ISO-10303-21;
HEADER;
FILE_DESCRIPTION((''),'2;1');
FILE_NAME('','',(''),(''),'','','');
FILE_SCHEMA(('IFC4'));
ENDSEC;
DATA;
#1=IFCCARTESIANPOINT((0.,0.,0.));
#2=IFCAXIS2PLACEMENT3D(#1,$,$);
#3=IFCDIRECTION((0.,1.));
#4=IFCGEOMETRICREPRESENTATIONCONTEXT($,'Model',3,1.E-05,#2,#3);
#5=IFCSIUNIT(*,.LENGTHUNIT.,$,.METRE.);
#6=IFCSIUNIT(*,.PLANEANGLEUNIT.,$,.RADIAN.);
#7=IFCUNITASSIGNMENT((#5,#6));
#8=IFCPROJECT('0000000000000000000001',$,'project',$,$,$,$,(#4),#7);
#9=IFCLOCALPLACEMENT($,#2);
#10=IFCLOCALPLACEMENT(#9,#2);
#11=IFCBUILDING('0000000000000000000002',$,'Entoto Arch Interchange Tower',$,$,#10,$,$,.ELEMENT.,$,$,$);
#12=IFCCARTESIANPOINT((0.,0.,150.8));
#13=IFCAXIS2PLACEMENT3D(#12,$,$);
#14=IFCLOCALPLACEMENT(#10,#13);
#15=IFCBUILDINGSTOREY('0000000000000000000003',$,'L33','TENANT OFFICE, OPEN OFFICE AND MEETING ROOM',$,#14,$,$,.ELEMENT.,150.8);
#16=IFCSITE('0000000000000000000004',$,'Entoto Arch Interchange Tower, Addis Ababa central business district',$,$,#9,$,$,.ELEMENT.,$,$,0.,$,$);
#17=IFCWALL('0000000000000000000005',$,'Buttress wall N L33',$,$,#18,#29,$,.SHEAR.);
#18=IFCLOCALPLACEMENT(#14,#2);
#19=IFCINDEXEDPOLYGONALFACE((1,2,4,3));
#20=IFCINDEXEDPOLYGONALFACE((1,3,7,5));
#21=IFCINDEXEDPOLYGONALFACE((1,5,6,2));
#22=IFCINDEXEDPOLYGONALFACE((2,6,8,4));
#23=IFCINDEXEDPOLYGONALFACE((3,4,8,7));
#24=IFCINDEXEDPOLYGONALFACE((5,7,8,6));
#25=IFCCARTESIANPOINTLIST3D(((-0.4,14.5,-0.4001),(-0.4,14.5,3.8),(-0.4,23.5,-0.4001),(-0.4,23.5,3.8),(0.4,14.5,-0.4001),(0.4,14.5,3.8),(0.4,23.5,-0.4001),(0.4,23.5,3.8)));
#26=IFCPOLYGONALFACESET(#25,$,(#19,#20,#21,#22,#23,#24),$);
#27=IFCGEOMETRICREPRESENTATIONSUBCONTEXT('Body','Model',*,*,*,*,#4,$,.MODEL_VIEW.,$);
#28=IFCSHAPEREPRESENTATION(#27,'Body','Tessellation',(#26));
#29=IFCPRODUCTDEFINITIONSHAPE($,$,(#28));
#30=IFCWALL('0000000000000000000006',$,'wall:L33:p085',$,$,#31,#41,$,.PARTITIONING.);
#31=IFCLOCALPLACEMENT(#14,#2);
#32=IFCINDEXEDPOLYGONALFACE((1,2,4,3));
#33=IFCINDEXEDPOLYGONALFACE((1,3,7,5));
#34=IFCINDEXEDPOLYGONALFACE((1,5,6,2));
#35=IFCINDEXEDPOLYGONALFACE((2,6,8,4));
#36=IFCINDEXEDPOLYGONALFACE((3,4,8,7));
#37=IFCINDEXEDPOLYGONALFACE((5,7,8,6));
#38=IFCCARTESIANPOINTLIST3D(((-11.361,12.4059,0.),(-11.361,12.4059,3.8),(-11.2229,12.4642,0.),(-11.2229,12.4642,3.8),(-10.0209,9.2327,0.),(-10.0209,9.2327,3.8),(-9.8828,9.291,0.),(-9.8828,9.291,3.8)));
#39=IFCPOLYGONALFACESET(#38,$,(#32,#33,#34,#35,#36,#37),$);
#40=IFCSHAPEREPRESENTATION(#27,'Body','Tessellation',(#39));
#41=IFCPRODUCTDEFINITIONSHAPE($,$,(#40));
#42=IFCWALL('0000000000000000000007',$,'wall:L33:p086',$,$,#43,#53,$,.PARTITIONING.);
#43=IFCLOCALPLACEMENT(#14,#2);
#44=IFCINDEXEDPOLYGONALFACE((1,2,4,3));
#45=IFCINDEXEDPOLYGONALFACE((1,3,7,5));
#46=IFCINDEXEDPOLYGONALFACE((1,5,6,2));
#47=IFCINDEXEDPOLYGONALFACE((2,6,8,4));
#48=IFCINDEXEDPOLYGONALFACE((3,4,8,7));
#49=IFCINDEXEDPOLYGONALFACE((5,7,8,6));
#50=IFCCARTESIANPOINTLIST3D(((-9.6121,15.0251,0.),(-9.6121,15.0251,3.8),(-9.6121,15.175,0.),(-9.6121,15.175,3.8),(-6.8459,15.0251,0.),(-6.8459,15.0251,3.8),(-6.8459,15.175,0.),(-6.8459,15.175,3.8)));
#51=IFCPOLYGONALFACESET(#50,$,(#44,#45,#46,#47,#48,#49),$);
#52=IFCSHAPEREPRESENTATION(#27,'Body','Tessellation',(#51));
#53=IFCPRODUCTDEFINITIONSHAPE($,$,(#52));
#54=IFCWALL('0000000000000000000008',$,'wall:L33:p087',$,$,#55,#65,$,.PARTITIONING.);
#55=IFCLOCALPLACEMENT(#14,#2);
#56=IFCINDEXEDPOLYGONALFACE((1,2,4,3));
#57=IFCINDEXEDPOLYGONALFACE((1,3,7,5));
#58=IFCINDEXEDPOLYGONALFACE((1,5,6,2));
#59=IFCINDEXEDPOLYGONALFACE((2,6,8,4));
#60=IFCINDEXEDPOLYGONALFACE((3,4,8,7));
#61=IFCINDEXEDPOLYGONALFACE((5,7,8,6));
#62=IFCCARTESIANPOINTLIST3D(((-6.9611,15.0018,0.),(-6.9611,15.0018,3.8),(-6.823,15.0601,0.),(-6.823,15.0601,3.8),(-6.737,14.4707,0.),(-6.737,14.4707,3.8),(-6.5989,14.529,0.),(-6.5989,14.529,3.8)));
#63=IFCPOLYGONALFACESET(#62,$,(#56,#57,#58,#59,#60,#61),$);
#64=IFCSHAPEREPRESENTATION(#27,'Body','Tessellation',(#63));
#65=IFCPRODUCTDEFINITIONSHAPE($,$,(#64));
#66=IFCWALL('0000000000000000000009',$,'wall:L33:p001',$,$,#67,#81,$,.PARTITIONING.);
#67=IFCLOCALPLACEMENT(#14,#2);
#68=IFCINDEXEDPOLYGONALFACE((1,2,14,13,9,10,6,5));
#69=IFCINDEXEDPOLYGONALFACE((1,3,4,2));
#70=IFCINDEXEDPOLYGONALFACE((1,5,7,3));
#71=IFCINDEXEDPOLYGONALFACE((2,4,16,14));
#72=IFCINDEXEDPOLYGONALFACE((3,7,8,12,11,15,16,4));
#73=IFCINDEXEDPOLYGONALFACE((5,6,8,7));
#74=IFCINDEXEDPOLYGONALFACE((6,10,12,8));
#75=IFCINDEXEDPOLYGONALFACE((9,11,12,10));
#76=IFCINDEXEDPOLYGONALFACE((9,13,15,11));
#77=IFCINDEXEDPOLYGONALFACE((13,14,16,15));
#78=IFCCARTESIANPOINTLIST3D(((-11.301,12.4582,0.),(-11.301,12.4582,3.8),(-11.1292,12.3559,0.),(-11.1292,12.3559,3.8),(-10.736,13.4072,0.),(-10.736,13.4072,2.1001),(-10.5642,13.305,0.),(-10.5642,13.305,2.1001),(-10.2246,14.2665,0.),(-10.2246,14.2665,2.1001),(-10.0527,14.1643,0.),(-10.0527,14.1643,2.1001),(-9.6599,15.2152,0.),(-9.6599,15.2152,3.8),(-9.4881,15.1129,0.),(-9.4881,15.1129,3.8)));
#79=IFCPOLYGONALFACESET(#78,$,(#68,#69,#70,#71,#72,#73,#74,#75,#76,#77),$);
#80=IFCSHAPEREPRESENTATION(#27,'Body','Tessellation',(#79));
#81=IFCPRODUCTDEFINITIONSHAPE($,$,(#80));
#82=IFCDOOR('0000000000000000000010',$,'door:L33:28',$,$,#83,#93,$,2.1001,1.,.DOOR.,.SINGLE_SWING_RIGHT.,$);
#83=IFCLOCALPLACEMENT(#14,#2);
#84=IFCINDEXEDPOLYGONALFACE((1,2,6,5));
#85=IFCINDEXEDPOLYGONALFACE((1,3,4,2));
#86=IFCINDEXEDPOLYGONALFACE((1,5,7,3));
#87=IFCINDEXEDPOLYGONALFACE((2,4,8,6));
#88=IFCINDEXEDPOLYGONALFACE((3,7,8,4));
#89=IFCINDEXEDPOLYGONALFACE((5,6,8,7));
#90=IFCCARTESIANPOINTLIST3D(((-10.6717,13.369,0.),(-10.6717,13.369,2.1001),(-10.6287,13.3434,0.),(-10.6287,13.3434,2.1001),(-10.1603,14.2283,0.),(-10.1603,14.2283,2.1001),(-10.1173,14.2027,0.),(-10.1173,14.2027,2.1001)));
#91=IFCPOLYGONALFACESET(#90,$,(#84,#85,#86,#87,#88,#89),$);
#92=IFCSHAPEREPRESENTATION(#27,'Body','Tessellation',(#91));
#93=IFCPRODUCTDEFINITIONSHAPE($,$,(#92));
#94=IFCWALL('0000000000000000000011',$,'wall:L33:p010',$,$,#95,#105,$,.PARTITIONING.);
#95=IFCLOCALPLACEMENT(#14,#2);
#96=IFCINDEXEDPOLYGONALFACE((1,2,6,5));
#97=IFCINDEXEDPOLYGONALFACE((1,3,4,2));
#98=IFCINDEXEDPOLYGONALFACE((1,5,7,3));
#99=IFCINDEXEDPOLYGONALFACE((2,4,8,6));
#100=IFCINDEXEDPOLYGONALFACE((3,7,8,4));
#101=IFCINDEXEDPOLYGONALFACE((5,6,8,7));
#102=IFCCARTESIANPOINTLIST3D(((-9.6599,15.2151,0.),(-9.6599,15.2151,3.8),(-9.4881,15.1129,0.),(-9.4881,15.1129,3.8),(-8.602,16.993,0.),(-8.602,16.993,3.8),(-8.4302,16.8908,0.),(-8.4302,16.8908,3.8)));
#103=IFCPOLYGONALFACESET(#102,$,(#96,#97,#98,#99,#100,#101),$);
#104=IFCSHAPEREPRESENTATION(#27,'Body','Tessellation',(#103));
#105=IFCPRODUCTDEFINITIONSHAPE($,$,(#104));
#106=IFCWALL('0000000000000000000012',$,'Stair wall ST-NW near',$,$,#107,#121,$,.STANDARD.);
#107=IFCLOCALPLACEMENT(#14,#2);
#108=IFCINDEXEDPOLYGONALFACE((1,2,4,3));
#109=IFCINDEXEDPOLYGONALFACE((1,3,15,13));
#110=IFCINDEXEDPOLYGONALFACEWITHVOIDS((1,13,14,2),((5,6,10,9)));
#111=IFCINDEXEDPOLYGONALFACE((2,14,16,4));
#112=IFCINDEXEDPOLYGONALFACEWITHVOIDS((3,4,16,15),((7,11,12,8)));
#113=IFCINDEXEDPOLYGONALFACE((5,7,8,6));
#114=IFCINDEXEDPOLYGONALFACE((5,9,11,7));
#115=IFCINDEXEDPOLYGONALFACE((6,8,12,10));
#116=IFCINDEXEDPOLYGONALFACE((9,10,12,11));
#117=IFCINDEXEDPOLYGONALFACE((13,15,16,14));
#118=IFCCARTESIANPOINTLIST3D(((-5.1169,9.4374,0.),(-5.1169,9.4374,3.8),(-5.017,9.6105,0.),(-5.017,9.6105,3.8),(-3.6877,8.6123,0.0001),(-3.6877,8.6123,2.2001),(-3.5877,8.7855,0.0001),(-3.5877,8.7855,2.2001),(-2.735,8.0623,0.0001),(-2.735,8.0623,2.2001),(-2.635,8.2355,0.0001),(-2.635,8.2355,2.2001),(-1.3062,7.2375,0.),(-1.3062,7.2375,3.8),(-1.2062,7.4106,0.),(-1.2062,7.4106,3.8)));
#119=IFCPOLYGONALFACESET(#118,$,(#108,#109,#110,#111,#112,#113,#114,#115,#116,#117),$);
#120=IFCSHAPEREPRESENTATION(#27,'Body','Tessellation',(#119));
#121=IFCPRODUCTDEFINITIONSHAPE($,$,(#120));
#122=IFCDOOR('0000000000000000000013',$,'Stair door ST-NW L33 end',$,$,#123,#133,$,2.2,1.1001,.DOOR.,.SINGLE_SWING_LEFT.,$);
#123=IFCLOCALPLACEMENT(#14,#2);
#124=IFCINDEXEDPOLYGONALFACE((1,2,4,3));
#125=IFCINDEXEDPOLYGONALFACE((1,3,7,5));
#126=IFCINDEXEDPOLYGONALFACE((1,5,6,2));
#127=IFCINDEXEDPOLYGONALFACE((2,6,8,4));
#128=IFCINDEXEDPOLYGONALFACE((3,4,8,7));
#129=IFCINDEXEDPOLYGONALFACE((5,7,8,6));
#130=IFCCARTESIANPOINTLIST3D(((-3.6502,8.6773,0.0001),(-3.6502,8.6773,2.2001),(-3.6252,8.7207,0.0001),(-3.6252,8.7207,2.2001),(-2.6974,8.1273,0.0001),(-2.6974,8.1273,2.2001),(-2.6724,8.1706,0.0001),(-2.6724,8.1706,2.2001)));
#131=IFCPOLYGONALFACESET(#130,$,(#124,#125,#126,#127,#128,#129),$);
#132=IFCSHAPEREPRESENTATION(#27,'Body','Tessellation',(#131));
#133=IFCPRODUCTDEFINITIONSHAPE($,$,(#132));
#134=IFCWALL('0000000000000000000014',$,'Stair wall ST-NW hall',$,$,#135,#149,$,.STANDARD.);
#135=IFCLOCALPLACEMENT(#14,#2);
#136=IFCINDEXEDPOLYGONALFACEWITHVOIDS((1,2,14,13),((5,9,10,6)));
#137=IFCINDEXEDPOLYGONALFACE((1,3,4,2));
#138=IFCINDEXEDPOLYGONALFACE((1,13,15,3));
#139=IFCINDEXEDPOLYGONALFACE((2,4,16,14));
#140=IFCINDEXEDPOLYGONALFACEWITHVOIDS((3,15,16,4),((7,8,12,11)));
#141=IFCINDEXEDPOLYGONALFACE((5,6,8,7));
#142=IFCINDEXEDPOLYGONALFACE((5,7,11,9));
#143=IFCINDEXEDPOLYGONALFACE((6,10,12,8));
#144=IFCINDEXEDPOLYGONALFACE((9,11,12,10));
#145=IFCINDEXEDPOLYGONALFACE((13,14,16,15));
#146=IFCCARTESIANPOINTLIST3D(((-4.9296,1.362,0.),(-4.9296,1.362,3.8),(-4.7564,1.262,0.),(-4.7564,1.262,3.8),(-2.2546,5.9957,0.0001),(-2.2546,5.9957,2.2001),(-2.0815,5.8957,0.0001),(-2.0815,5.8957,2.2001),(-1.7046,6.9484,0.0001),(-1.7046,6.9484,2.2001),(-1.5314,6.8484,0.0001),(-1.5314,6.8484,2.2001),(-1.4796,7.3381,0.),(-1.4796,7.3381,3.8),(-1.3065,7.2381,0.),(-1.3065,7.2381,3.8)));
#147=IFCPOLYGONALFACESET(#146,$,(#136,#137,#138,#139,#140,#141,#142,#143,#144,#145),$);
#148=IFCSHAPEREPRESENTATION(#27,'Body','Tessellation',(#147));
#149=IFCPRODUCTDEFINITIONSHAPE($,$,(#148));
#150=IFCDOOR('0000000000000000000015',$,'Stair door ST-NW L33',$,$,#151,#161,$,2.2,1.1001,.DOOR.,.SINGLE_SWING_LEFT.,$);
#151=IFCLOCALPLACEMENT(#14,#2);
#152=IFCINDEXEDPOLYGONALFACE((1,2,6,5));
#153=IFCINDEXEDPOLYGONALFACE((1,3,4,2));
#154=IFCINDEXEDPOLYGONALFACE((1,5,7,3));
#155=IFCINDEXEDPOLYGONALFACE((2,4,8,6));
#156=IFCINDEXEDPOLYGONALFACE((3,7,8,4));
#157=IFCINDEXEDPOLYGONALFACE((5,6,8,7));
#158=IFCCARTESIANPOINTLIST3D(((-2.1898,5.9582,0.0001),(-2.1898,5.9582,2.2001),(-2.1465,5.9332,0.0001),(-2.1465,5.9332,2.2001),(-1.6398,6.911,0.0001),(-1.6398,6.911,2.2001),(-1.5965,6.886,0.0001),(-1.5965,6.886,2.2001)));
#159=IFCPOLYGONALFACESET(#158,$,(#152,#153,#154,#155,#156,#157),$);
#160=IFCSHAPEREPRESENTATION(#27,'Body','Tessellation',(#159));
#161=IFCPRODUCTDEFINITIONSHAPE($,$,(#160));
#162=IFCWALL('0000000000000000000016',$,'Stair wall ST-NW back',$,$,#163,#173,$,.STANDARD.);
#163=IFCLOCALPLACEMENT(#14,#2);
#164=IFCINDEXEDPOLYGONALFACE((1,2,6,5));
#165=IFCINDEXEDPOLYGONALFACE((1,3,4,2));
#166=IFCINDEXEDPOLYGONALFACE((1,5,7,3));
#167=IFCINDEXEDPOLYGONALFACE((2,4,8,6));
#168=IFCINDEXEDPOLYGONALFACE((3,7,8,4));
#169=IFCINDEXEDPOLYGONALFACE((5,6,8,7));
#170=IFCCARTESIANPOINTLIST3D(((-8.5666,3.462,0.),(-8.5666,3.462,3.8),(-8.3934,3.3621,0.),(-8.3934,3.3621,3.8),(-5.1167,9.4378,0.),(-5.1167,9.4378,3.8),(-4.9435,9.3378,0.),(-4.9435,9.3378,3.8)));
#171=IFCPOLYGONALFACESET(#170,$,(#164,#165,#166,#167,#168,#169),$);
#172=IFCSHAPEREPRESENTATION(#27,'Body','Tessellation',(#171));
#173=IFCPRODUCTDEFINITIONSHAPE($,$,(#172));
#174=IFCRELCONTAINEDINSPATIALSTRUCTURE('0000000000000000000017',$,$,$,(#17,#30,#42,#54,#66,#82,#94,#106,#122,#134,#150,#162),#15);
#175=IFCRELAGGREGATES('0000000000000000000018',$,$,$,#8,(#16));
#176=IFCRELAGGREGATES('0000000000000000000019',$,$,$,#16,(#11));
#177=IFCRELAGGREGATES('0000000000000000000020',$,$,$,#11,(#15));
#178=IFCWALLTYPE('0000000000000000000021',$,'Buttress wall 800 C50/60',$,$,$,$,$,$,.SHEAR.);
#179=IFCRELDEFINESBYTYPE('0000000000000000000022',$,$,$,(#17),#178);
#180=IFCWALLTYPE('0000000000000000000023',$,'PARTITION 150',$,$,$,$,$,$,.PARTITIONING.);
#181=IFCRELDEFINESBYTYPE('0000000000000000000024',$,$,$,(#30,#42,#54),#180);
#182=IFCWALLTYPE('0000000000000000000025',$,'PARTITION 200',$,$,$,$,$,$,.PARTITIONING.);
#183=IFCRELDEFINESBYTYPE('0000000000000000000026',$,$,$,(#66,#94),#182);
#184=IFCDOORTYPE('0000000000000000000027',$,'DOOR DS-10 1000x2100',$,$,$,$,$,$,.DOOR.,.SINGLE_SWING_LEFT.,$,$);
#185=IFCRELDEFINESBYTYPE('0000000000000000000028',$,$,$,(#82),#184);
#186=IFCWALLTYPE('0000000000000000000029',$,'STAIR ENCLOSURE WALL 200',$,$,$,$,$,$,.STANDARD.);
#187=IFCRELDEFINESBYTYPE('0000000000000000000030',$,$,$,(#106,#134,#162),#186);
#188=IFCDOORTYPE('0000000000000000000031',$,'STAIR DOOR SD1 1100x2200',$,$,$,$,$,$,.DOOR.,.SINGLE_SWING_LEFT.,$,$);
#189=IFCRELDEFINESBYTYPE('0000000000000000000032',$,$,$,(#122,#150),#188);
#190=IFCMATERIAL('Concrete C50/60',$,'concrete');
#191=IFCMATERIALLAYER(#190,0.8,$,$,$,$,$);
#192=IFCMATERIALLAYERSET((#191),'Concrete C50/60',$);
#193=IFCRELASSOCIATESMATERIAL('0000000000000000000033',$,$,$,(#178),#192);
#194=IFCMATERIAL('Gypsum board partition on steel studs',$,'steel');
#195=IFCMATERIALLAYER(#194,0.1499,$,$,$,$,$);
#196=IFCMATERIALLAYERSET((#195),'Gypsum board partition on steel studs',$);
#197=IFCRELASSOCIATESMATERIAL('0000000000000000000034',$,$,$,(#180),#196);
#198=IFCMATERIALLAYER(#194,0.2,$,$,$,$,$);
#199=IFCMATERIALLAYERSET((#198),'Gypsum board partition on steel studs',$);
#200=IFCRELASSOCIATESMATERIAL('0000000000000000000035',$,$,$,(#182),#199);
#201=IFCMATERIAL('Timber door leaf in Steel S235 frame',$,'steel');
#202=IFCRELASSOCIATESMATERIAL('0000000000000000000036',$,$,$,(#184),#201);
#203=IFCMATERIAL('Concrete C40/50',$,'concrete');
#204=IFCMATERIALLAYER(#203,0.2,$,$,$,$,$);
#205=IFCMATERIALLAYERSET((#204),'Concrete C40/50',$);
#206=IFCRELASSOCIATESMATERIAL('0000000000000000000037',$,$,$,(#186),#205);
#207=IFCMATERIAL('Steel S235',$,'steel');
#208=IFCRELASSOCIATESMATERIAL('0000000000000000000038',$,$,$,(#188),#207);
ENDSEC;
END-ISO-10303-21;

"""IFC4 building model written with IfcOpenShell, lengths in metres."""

from ifc_helpers import new_model, si_unit, direction, frame, frame_2d, origin, place, context, subcontext, project, spatial, rectangle, extrude, material, layer, layer_set, type_object, element, fill, save


model = new_model("IFC4")

# Units and contexts
model_context = context("Model", 3, precision=1e-05, world=origin(), true_north=direction((0.0, 1.0)))
body_context = subcontext(model_context, "Body", "Model", "MODEL_VIEW")
ifc_project = project(units=[si_unit("LENGTHUNIT", "METRE"), si_unit("PLANEANGLEUNIT", "RADIAN")], contexts=[model_context])

# Site, building, storey
site_placement = place(None, origin())
site = spatial("IfcSite", under=ifc_project, at=site_placement, Name="Entoto Arch Interchange Tower, Addis Ababa central business district", CompositionType="ELEMENT", RefElevation=0.0)
building_placement = place(site_placement, origin())
building = spatial("IfcBuilding", under=site, at=building_placement, Name="Entoto Arch Interchange Tower", CompositionType="ELEMENT")
storey_placement = place(building_placement, frame((0.0, 0.0, 150.8)))
storey = spatial("IfcBuildingStorey", under=building, at=storey_placement, Name="L33", Description="TENANT OFFICE, OPEN OFFICE AND MEETING ROOM", CompositionType="ELEMENT", Elevation=150.8)

# Walls
ifc_material_1 = material(Name="Concrete C50/60", Category="concrete")
ifc_layer_1 = layer(ifc_material_1, 0.8)
ifc_layer_set_1 = layer_set([ifc_layer_1], Name="Concrete C50/60")
wall_type_1 = type_object("IfcWallType", Name="Buttress wall 800 C50/60", PredefinedType="SHEAR", material=ifc_layer_set_1)
wall_1_placement = place(storey_placement, frame((0.0, 14.5, -0.4001), z_axis=(0.0, 0.0, 1.0), x_axis=(0.0, 1.0, 0.0)))
element("IfcWall", 1, at=wall_1_placement, inside=storey, type_object=wall_type_1, Name="Buttress wall N L33", PredefinedType="SHEAR", context=body_context, shape_type="SweptSolid", body=[
    extrude(rectangle(XDim=9.0, YDim=0.8, at=frame_2d((4.5, 0.0))), origin(), (0.0, 0.0, 1.0), 4.2002),
])
ifc_material_2 = material(Name="Gypsum board partition on steel studs", Category="steel")
ifc_layer_2 = layer(ifc_material_2, 0.1499)
ifc_layer_set_2 = layer_set([ifc_layer_2], Name="Gypsum board partition on steel studs")
wall_type_2 = type_object("IfcWallType", Name="PARTITION 150", PredefinedType="PARTITIONING", material=ifc_layer_set_2)
wall_2_placement = place(storey_placement, frame((-9.9519, 9.262, 0.0), z_axis=(0.0, 0.0, 1.0), x_axis=(-0.389055, 0.921215, 0.0)))
element("IfcWall", 2, at=wall_2_placement, inside=storey, type_object=wall_type_2, Name="wall:L33:p085", PredefinedType="PARTITIONING", context=body_context, shape_type="SweptSolid", body=[
    extrude(rectangle(XDim=3.4446, YDim=0.1499, at=frame_2d((1.7222, 0.0))), origin(), (0.0, 0.0, 1.0), 3.8),
])
wall_3_placement = place(storey_placement, frame((-6.8459, 15.1001, 0.0), z_axis=(0.0, 0.0, 1.0), x_axis=(-1.0, 0.0, 0.0)))
element("IfcWall", 3, at=wall_3_placement, inside=storey, type_object=wall_type_2, Name="wall:L33:p086", PredefinedType="PARTITIONING", context=body_context, shape_type="SweptSolid", body=[
    extrude(rectangle(XDim=2.7661, YDim=0.1499, at=frame_2d((1.3831, 0.0))), origin(), (0.0, 0.0, 1.0), 3.8),
])
wall_4_placement = place(storey_placement, frame((-6.668, 14.5, 0.0), z_axis=(0.0, 0.0, 1.0), x_axis=(-0.388852, 0.9213, 0.0)))
element("IfcWall", 4, at=wall_4_placement, inside=storey, type_object=wall_type_2, Name="wall:L33:p087", PredefinedType="PARTITIONING", context=body_context, shape_type="SweptSolid", body=[
    extrude(rectangle(XDim=0.5764, YDim=0.1499, at=frame_2d((0.2881, 0.0))), origin(), (0.0, 0.0, 1.0), 3.8),
])

# Wall, opening, door
ifc_layer_3 = layer(ifc_material_2, 0.2)
ifc_layer_set_3 = layer_set([ifc_layer_3], Name="Gypsum board partition on steel studs")
wall_type_3 = type_object("IfcWallType", Name="PARTITION 200", PredefinedType="PARTITIONING", material=ifc_layer_set_3)
wall_5_placement = place(storey_placement, frame((-9.574, 15.1641, 0.0), z_axis=(0.0, 0.0, 1.0), x_axis=(-0.511483, -0.859294, 0.0)))
wall_5 = element("IfcWall", 5, at=wall_5_placement, inside=storey, type_object=wall_type_3, Name="wall:L33:p001", PredefinedType="PARTITIONING", context=body_context, shape_type="SweptSolid", body=[
    extrude(rectangle(XDim=3.2085, YDim=0.2, at=frame_2d((1.6042, 0.0))), origin(), (0.0, 0.0, 1.0), 3.8),
])
opening_1_placement = place(wall_5_placement, frame((1.104, 0.0, 0.0)))
opening_1 = element("IfcOpeningElement", 6, at=opening_1_placement, cuts=wall_5, PredefinedType="OPENING", context=body_context, shape_type="SweptSolid", body=[
    extrude(rectangle(XDim=1.0, YDim=2.1001, at=frame_2d((0.5, 1.05))), frame((0.0, 0.1099, 0.0), z_axis=(0.0, -1.0, 0.0), x_axis=(1.0, 0.0, 0.0)), (0.0, 0.0, 1.0), 0.22),
])
ifc_material_3 = material(Name="Timber door leaf in Steel S235 frame", Category="steel")
door_type_1 = type_object("IfcDoorType", Name="DOOR DS-10 1000x2100", OperationType="SINGLE_SWING_LEFT", PredefinedType="DOOR", material=ifc_material_3)
door_1_placement = place(opening_1_placement, origin())
door_1 = element("IfcDoor", 7, at=door_1_placement, inside=storey, type_object=door_type_1, Name="door:L33:28", OperationType="SINGLE_SWING_RIGHT", OverallHeight=2.1001, OverallWidth=1.0, PredefinedType="DOOR", context=body_context, shape_type="SweptSolid", body=[
    extrude(rectangle(XDim=1.0, YDim=2.1001, at=frame_2d((0.5, 1.05))), frame((0.0, 0.0249, 0.0), z_axis=(0.0, -1.0, 0.0), x_axis=(1.0, 0.0, 0.0)), (0.0, 0.0, 1.0), 0.05),
])
fill(opening_1, door_1)

# Wall
wall_6_placement = place(storey_placement, frame((-8.5161, 16.9419, 0.0), z_axis=(0.0, 0.0, 1.0), x_axis=(-0.511351, -0.859372, 0.0)))
element("IfcWall", 8, at=wall_6_placement, inside=storey, type_object=wall_type_3, Name="wall:L33:p010", PredefinedType="PARTITIONING", context=body_context, shape_type="SweptSolid", body=[
    extrude(rectangle(XDim=2.0688, YDim=0.2, at=frame_2d((1.0344, 0.0))), origin(), (0.0, 0.0, 1.0), 3.8),
])

# Walls, openings, doors
ifc_material_4 = material(Name="Concrete C40/50", Category="concrete")
ifc_layer_4 = layer(ifc_material_4, 0.2)
ifc_layer_set_4 = layer_set([ifc_layer_4], Name="Concrete C40/50")
wall_type_4 = type_object("IfcWallType", Name="STAIR ENCLOSURE WALL 200", PredefinedType="STANDARD", material=ifc_layer_set_4)
wall_7_placement = place(storey_placement, frame((-1.2561, 7.324, 0.0), z_axis=(0.0, 0.0, 1.0), x_axis=(-0.866046, 0.499964, 0.0)))
wall_7 = element("IfcWall", 9, at=wall_7_placement, inside=storey, type_object=wall_type_4, Name="Stair wall ST-NW near", PredefinedType="STANDARD", context=body_context, shape_type="SweptSolid", body=[
    extrude(rectangle(XDim=4.4001, YDim=0.2, at=frame_2d((2.2002, 0.0))), origin(), (0.0, 0.0, 1.0), 3.8),
])
opening_2_placement = place(wall_7_placement, frame((1.6499, 0.0, 0.0)))
opening_2 = element("IfcOpeningElement", 10, at=opening_2_placement, cuts=wall_7, PredefinedType="OPENING", context=body_context, shape_type="SweptSolid", body=[
    extrude(rectangle(XDim=1.1001, YDim=2.2, at=frame_2d((0.55, 1.1001))), frame((0.0, 0.1099, 0.0), z_axis=(0.0, -1.0, 0.0), x_axis=(1.0, 0.0, 0.0)), (0.0, 0.0, 1.0), 0.22),
])
ifc_material_5 = material(Name="Steel S235", Category="steel")
door_type_2 = type_object("IfcDoorType", Name="STAIR DOOR SD1 1100x2200", OperationType="SINGLE_SWING_LEFT", PredefinedType="DOOR", material=ifc_material_5)
door_2_placement = place(opening_2_placement, origin())
door_2 = element("IfcDoor", 11, at=door_2_placement, inside=storey, type_object=door_type_2, Name="Stair door ST-NW L33 end", OperationType="SINGLE_SWING_LEFT", OverallHeight=2.2, OverallWidth=1.1001, PredefinedType="DOOR", context=body_context, shape_type="SweptSolid", body=[
    extrude(rectangle(XDim=1.1001, YDim=2.2, at=frame_2d((0.55, 1.1001))), frame((0.0, 0.0249, 0.0), z_axis=(0.0, -1.0, 0.0), x_axis=(1.0, 0.0, 0.0)), (0.0, 0.0, 1.0), 0.05),
])
fill(opening_2, door_2)
wall_8_placement = place(storey_placement, frame((-1.3931, 7.2881, 0.0), z_axis=(0.0, 0.0, 1.0), x_axis=(-0.499963, -0.866047, 0.0)))
wall_8 = element("IfcWall", 12, at=wall_8_placement, inside=storey, type_object=wall_type_4, Name="Stair wall ST-NW hall", PredefinedType="STANDARD", context=body_context, shape_type="SweptSolid", body=[
    extrude(rectangle(XDim=6.9004, YDim=0.2, at=frame_2d((3.4502, 0.0))), origin(), (0.0, 0.0, 1.0), 3.8),
])
opening_3_placement = place(wall_8_placement, frame((0.45, 0.0, 0.0)))
opening_3 = element("IfcOpeningElement", 13, at=opening_3_placement, cuts=wall_8, PredefinedType="OPENING", context=body_context, shape_type="SweptSolid", body=[
    extrude(rectangle(XDim=1.1001, YDim=2.2, at=frame_2d((0.55, 1.1001))), frame((0.0, 0.1099, 0.0), z_axis=(0.0, -1.0, 0.0), x_axis=(1.0, 0.0, 0.0)), (0.0, 0.0, 1.0), 0.22),
])
door_3_placement = place(opening_3_placement, origin())
door_3 = element("IfcDoor", 14, at=door_3_placement, inside=storey, type_object=door_type_2, Name="Stair door ST-NW L33", OperationType="SINGLE_SWING_LEFT", OverallHeight=2.2, OverallWidth=1.1001, PredefinedType="DOOR", context=body_context, shape_type="SweptSolid", body=[
    extrude(rectangle(XDim=1.1001, YDim=2.2, at=frame_2d((0.55, 1.1001))), frame((0.0, 0.0249, 0.0), z_axis=(0.0, -1.0, 0.0), x_axis=(1.0, 0.0, 0.0)), (0.0, 0.0, 1.0), 0.05),
])
fill(opening_3, door_3)

# Wall
wall_9_placement = place(storey_placement, frame((-5.03, 9.3879, 0.0), z_axis=(0.0, 0.0, 1.0), x_axis=(-0.499979, -0.866038, 0.0)))
element("IfcWall", 15, at=wall_9_placement, inside=storey, type_object=wall_type_4, Name="Stair wall ST-NW back", PredefinedType="STANDARD", context=body_context, shape_type="SweptSolid", body=[
    extrude(rectangle(XDim=6.9001, YDim=0.2, at=frame_2d((3.4502, 0.0))), origin(), (0.0, 0.0, 1.0), 3.8),
])

save(model, "model.ifc")
